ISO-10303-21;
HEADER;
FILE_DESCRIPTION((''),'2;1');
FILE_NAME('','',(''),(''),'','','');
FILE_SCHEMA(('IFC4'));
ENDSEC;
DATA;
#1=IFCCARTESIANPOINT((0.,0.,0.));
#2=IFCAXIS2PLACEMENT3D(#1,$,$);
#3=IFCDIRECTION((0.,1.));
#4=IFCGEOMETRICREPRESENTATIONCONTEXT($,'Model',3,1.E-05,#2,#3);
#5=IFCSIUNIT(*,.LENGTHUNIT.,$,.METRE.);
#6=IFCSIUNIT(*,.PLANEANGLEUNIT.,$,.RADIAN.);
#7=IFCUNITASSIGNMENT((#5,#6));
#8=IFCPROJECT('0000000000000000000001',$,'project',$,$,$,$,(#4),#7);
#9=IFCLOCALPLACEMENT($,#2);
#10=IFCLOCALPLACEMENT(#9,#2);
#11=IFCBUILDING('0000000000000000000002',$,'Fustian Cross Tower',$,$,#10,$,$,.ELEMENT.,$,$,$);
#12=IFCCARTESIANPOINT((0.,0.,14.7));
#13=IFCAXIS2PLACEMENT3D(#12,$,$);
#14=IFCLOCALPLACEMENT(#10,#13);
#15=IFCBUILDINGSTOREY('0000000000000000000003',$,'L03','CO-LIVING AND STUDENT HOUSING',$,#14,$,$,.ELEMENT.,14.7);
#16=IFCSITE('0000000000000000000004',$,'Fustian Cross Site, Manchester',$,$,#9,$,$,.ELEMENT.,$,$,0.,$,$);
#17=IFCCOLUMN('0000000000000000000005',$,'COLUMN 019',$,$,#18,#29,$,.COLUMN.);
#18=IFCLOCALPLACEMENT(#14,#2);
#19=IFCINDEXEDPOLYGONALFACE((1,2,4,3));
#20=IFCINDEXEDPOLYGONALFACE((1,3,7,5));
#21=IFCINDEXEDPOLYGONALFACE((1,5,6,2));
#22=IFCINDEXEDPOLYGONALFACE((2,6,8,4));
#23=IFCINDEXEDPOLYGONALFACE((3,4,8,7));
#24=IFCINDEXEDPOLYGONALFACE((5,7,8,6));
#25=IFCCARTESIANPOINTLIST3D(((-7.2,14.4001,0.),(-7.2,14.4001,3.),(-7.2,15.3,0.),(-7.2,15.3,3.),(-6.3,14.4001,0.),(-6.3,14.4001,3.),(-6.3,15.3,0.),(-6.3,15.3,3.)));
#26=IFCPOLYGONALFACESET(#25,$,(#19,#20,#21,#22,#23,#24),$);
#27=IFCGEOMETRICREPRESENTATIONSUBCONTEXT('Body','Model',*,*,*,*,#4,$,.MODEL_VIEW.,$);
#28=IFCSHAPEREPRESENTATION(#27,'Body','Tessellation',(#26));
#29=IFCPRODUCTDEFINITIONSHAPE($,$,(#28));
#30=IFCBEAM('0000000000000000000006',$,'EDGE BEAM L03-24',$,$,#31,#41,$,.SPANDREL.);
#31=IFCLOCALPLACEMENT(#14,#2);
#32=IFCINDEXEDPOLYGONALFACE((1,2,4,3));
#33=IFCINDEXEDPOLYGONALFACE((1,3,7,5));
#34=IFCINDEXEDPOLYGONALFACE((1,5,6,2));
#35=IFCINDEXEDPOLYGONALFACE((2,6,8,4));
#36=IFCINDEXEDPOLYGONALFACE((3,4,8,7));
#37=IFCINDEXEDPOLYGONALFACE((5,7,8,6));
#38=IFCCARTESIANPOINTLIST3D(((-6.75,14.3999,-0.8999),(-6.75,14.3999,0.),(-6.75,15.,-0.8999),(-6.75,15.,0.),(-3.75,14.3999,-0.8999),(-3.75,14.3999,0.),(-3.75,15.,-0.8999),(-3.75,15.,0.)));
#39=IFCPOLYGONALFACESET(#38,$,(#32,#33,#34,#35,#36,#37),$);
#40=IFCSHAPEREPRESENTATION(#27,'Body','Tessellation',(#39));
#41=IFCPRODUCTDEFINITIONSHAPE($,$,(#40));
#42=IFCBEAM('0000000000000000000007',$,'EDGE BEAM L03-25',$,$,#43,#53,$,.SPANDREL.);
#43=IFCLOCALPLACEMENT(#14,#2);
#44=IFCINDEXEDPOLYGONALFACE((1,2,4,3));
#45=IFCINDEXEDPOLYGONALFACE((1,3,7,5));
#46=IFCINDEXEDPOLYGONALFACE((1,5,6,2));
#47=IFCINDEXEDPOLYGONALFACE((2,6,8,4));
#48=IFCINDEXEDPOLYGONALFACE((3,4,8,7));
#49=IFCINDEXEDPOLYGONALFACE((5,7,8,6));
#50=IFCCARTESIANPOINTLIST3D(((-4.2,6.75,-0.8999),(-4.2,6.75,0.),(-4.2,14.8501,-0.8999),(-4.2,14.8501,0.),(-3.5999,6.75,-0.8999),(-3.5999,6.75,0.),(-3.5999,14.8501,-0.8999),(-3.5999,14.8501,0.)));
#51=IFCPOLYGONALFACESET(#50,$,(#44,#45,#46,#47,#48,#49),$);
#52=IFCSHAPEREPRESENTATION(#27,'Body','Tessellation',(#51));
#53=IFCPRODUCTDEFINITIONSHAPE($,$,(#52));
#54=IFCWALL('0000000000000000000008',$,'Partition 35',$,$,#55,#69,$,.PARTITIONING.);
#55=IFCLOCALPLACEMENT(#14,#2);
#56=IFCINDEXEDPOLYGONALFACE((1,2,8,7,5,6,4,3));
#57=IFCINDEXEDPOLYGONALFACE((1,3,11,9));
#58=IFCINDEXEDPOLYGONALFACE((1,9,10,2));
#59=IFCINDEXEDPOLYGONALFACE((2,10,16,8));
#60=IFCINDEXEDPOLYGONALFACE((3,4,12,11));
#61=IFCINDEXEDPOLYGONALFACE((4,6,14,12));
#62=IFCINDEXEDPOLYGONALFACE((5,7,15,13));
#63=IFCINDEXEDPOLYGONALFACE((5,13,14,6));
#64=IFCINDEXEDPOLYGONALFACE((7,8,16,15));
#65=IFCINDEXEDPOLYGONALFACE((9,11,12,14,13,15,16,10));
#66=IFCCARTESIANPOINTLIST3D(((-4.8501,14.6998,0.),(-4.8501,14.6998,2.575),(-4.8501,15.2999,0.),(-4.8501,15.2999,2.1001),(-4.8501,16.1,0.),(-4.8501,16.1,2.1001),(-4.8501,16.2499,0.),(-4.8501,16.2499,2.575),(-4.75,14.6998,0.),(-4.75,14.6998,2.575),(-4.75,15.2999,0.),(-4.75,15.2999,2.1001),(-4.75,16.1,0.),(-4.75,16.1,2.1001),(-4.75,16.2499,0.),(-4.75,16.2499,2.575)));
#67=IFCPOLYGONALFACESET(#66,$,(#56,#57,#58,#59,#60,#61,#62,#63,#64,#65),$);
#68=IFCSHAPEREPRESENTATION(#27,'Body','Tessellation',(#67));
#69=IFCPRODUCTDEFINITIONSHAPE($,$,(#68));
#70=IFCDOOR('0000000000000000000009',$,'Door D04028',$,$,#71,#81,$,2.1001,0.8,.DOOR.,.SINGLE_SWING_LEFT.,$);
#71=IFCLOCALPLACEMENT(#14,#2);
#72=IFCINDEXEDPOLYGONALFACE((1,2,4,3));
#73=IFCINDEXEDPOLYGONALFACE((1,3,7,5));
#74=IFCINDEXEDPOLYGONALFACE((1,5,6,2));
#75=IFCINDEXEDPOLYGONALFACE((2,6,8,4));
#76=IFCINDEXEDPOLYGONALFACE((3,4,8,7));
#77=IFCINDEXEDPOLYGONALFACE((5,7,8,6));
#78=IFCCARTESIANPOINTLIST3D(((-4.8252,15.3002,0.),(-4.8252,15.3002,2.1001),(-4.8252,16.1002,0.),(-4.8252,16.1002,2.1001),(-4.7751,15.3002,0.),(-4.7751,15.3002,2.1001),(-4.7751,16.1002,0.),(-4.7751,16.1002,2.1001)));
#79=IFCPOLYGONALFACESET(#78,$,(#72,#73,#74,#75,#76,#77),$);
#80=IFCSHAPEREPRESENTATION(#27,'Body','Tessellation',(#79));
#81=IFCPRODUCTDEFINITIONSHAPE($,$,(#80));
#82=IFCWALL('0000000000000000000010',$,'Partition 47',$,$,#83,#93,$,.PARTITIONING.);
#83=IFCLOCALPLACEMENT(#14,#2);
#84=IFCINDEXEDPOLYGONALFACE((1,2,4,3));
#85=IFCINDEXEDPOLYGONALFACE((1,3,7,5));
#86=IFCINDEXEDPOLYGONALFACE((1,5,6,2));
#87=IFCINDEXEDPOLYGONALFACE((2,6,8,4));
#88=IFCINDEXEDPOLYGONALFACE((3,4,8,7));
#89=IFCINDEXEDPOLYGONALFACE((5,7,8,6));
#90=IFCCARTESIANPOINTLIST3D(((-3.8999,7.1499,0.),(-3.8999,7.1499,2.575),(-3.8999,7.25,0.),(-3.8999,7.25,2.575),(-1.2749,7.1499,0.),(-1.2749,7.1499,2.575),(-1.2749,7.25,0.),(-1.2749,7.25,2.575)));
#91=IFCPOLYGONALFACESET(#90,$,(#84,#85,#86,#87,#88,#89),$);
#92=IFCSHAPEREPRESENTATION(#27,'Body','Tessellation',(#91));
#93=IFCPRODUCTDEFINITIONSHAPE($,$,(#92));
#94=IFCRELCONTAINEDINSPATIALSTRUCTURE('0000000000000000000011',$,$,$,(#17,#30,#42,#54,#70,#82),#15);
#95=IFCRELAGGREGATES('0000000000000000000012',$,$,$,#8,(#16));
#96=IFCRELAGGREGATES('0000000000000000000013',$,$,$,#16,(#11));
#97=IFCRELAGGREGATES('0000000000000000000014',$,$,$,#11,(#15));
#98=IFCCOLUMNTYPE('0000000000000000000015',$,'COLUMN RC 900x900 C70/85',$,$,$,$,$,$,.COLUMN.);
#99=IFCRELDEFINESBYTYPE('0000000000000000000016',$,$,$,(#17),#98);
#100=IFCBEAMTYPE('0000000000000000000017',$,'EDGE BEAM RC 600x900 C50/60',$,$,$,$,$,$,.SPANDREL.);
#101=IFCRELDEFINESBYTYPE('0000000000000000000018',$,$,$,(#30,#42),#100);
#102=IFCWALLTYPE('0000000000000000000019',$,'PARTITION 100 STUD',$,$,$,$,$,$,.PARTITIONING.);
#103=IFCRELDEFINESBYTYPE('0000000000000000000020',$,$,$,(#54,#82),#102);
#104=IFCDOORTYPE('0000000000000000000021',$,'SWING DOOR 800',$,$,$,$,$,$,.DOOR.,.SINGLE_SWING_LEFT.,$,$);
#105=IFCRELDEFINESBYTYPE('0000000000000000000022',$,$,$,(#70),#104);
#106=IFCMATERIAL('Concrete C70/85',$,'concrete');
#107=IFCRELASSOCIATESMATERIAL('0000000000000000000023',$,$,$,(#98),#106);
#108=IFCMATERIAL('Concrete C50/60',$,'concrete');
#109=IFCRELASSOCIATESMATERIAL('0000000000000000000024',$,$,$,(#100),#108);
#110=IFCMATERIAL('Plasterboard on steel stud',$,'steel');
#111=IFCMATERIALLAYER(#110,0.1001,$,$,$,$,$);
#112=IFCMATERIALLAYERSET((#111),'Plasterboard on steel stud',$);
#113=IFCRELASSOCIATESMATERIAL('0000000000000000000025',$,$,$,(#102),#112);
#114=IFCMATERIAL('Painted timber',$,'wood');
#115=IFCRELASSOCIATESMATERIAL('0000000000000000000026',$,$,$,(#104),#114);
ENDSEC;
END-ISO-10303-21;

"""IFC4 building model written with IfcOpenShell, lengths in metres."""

from ifc_helpers import new_model, si_unit, direction, frame, frame_2d, origin, origin_2d, place, context, subcontext, project, spatial, rectangle, extrude, material, layer, layer_set, material_profile, profile_set, type_object, element, fill, save


model = new_model("IFC4")

# Units and contexts
model_context = context("Model", 3, precision=1e-05, world=origin(), true_north=direction((0.0, 1.0)))
body_context = subcontext(model_context, "Body", "Model", "MODEL_VIEW")
ifc_project = project(units=[si_unit("LENGTHUNIT", "METRE"), si_unit("PLANEANGLEUNIT", "RADIAN")], contexts=[model_context])

# Site, building, storey
site_placement = place(None, origin())
site = spatial("IfcSite", under=ifc_project, at=site_placement, Name="Fustian Cross Site, Manchester", CompositionType="ELEMENT", RefElevation=0.0)
building_placement = place(site_placement, origin())
building = spatial("IfcBuilding", under=site, at=building_placement, Name="Fustian Cross Tower", CompositionType="ELEMENT")
storey_placement = place(building_placement, frame((0.0, 0.0, 14.7)))
storey = spatial("IfcBuildingStorey", under=building, at=storey_placement, Name="L03", Description="CO-LIVING AND STUDENT HOUSING", CompositionType="ELEMENT", Elevation=14.7)

# Column
ifc_material_1 = material(Name="Concrete C70/85", Category="concrete")
ifc_material_profile_1 = material_profile(ifc_material_1, rectangle(XDim=0.8999, YDim=0.8999, at=origin_2d()), Name="RC 900x900")
ifc_profile_set_1 = profile_set([ifc_material_profile_1], Name="Concrete C70/85")
column_type = type_object("IfcColumnType", Name="COLUMN RC 900x900 C70/85", PredefinedType="COLUMN", material=ifc_profile_set_1)
column_placement = place(storey_placement, frame((-6.75, 14.8501, 0.0), z_axis=(0.0, 0.0, 1.0), x_axis=(1.0, 0.0, 0.0)))
element("IfcColumn", 1, at=column_placement, inside=storey, type_object=column_type, Name="COLUMN 019", PredefinedType="COLUMN", context=body_context, shape_type="SweptSolid", body=[
    extrude(rectangle(XDim=0.8999, YDim=0.8999, at=origin_2d()), origin(), (0.0, 0.0, 1.0), 3.0),
])

# Beams
ifc_material_2 = material(Name="Concrete C50/60", Category="concrete")
ifc_material_profile_2 = material_profile(ifc_material_2, rectangle(XDim=0.6001, YDim=0.8999, at=origin_2d()), Name="RC 600x900")
ifc_profile_set_2 = profile_set([ifc_material_profile_2], Name="Concrete C50/60")
beam_type = type_object("IfcBeamType", Name="EDGE BEAM RC 600x900 C50/60", PredefinedType="SPANDREL", material=ifc_profile_set_2)
beam_1_placement = place(storey_placement, frame((-6.75, 14.7, -0.45), z_axis=(1.0, 0.0, 0.0), x_axis=(0.0, 1.0, 0.0)))
element("IfcBeam", 2, at=beam_1_placement, inside=storey, type_object=beam_type, Name="EDGE BEAM L03-24", PredefinedType="SPANDREL", context=body_context, shape_type="SweptSolid", body=[
    extrude(rectangle(XDim=0.6001, YDim=0.8999, at=origin_2d()), origin(), (0.0, 0.0, 1.0), 3.0),
])
beam_2_placement = place(storey_placement, frame((-3.8999, 14.8501, -0.45), z_axis=(0.0, -1.0, 0.0), x_axis=(1.0, 0.0, 0.0)))
element("IfcBeam", 3, at=beam_2_placement, inside=storey, type_object=beam_type, Name="EDGE BEAM L03-25", PredefinedType="SPANDREL", context=body_context, shape_type="SweptSolid", body=[
    extrude(rectangle(XDim=0.6001, YDim=0.8999, at=origin_2d()), origin(), (0.0, 0.0, 1.0), 8.1001),
])

# Wall, opening, door
ifc_material_3 = material(Name="Plasterboard on steel stud", Category="steel")
ifc_layer_1 = layer(ifc_material_3, 0.1001)
ifc_layer_set_1 = layer_set([ifc_layer_1], Name="Plasterboard on steel stud")
wall_type_1 = type_object("IfcWallType", Name="PARTITION 100 STUD", PredefinedType="PARTITIONING", material=ifc_layer_set_1)
wall_1_placement = place(storey_placement, frame((-4.8, 14.7, 0.0), z_axis=(0.0, 0.0, 1.0), x_axis=(0.0, 1.0, 0.0)))
wall_1 = element("IfcWall", 4, at=wall_1_placement, inside=storey, type_object=wall_type_1, Name="Partition 35", PredefinedType="PARTITIONING", context=body_context, shape_type="SweptSolid", body=[
    extrude(rectangle(XDim=1.55, YDim=0.1001, at=frame_2d((0.7749, 0.0))), origin(), (0.0, 0.0, 1.0), 2.575),
])
opening_1_placement = place(wall_1_placement, frame((0.6001, 0.0, 0.0)))
opening_1 = element("IfcOpeningElement", 5, at=opening_1_placement, cuts=wall_1, PredefinedType="OPENING", context=body_context, shape_type="SweptSolid", body=[
    extrude(rectangle(XDim=0.8, YDim=2.1001, at=frame_2d((0.3999, 1.05))), frame((0.0, 0.0601, 0.0), z_axis=(0.0, -1.0, 0.0), x_axis=(1.0, 0.0, 0.0)), (0.0, 0.0, 1.0), 0.1201),
])
ifc_material_4 = material(Name="Painted timber", Category="wood")
door_type_1 = type_object("IfcDoorType", Name="SWING DOOR 800", OperationType="SINGLE_SWING_LEFT", PredefinedType="DOOR", material=ifc_material_4)
door_1_placement = place(opening_1_placement, frame((0.8, 0.0, 0.0), z_axis=(0.0, 0.0, 1.0), x_axis=(-1.0, 0.0, 0.0)))
door_1 = element("IfcDoor", 6, at=door_1_placement, inside=storey, type_object=door_type_1, Name="Door D04028", OperationType="SINGLE_SWING_LEFT", OverallHeight=2.1001, OverallWidth=0.8, PredefinedType="DOOR", context=body_context, shape_type="SweptSolid", body=[
    extrude(rectangle(XDim=0.8, YDim=2.1001, at=frame_2d((0.3999, 1.05))), frame((0.0, 0.0249, 0.0), z_axis=(0.0, -1.0, 0.0), x_axis=(1.0, 0.0, 0.0)), (0.0, 0.0, 1.0), 0.05),
])
fill(opening_1, door_1)

# Wall
wall_2_placement = place(storey_placement, frame((-3.8999, 7.2, 0.0), z_axis=(0.0, 0.0, 1.0), x_axis=(1.0, 0.0, 0.0)))
element("IfcWall", 7, at=wall_2_placement, inside=storey, type_object=wall_type_1, Name="Partition 47", PredefinedType="PARTITIONING", context=body_context, shape_type="SweptSolid", body=[
    extrude(rectangle(XDim=2.625, YDim=0.1001, at=frame_2d((1.3125, 0.0))), origin(), (0.0, 0.0, 1.0), 2.575),
])

save(model, "model.ifc")
